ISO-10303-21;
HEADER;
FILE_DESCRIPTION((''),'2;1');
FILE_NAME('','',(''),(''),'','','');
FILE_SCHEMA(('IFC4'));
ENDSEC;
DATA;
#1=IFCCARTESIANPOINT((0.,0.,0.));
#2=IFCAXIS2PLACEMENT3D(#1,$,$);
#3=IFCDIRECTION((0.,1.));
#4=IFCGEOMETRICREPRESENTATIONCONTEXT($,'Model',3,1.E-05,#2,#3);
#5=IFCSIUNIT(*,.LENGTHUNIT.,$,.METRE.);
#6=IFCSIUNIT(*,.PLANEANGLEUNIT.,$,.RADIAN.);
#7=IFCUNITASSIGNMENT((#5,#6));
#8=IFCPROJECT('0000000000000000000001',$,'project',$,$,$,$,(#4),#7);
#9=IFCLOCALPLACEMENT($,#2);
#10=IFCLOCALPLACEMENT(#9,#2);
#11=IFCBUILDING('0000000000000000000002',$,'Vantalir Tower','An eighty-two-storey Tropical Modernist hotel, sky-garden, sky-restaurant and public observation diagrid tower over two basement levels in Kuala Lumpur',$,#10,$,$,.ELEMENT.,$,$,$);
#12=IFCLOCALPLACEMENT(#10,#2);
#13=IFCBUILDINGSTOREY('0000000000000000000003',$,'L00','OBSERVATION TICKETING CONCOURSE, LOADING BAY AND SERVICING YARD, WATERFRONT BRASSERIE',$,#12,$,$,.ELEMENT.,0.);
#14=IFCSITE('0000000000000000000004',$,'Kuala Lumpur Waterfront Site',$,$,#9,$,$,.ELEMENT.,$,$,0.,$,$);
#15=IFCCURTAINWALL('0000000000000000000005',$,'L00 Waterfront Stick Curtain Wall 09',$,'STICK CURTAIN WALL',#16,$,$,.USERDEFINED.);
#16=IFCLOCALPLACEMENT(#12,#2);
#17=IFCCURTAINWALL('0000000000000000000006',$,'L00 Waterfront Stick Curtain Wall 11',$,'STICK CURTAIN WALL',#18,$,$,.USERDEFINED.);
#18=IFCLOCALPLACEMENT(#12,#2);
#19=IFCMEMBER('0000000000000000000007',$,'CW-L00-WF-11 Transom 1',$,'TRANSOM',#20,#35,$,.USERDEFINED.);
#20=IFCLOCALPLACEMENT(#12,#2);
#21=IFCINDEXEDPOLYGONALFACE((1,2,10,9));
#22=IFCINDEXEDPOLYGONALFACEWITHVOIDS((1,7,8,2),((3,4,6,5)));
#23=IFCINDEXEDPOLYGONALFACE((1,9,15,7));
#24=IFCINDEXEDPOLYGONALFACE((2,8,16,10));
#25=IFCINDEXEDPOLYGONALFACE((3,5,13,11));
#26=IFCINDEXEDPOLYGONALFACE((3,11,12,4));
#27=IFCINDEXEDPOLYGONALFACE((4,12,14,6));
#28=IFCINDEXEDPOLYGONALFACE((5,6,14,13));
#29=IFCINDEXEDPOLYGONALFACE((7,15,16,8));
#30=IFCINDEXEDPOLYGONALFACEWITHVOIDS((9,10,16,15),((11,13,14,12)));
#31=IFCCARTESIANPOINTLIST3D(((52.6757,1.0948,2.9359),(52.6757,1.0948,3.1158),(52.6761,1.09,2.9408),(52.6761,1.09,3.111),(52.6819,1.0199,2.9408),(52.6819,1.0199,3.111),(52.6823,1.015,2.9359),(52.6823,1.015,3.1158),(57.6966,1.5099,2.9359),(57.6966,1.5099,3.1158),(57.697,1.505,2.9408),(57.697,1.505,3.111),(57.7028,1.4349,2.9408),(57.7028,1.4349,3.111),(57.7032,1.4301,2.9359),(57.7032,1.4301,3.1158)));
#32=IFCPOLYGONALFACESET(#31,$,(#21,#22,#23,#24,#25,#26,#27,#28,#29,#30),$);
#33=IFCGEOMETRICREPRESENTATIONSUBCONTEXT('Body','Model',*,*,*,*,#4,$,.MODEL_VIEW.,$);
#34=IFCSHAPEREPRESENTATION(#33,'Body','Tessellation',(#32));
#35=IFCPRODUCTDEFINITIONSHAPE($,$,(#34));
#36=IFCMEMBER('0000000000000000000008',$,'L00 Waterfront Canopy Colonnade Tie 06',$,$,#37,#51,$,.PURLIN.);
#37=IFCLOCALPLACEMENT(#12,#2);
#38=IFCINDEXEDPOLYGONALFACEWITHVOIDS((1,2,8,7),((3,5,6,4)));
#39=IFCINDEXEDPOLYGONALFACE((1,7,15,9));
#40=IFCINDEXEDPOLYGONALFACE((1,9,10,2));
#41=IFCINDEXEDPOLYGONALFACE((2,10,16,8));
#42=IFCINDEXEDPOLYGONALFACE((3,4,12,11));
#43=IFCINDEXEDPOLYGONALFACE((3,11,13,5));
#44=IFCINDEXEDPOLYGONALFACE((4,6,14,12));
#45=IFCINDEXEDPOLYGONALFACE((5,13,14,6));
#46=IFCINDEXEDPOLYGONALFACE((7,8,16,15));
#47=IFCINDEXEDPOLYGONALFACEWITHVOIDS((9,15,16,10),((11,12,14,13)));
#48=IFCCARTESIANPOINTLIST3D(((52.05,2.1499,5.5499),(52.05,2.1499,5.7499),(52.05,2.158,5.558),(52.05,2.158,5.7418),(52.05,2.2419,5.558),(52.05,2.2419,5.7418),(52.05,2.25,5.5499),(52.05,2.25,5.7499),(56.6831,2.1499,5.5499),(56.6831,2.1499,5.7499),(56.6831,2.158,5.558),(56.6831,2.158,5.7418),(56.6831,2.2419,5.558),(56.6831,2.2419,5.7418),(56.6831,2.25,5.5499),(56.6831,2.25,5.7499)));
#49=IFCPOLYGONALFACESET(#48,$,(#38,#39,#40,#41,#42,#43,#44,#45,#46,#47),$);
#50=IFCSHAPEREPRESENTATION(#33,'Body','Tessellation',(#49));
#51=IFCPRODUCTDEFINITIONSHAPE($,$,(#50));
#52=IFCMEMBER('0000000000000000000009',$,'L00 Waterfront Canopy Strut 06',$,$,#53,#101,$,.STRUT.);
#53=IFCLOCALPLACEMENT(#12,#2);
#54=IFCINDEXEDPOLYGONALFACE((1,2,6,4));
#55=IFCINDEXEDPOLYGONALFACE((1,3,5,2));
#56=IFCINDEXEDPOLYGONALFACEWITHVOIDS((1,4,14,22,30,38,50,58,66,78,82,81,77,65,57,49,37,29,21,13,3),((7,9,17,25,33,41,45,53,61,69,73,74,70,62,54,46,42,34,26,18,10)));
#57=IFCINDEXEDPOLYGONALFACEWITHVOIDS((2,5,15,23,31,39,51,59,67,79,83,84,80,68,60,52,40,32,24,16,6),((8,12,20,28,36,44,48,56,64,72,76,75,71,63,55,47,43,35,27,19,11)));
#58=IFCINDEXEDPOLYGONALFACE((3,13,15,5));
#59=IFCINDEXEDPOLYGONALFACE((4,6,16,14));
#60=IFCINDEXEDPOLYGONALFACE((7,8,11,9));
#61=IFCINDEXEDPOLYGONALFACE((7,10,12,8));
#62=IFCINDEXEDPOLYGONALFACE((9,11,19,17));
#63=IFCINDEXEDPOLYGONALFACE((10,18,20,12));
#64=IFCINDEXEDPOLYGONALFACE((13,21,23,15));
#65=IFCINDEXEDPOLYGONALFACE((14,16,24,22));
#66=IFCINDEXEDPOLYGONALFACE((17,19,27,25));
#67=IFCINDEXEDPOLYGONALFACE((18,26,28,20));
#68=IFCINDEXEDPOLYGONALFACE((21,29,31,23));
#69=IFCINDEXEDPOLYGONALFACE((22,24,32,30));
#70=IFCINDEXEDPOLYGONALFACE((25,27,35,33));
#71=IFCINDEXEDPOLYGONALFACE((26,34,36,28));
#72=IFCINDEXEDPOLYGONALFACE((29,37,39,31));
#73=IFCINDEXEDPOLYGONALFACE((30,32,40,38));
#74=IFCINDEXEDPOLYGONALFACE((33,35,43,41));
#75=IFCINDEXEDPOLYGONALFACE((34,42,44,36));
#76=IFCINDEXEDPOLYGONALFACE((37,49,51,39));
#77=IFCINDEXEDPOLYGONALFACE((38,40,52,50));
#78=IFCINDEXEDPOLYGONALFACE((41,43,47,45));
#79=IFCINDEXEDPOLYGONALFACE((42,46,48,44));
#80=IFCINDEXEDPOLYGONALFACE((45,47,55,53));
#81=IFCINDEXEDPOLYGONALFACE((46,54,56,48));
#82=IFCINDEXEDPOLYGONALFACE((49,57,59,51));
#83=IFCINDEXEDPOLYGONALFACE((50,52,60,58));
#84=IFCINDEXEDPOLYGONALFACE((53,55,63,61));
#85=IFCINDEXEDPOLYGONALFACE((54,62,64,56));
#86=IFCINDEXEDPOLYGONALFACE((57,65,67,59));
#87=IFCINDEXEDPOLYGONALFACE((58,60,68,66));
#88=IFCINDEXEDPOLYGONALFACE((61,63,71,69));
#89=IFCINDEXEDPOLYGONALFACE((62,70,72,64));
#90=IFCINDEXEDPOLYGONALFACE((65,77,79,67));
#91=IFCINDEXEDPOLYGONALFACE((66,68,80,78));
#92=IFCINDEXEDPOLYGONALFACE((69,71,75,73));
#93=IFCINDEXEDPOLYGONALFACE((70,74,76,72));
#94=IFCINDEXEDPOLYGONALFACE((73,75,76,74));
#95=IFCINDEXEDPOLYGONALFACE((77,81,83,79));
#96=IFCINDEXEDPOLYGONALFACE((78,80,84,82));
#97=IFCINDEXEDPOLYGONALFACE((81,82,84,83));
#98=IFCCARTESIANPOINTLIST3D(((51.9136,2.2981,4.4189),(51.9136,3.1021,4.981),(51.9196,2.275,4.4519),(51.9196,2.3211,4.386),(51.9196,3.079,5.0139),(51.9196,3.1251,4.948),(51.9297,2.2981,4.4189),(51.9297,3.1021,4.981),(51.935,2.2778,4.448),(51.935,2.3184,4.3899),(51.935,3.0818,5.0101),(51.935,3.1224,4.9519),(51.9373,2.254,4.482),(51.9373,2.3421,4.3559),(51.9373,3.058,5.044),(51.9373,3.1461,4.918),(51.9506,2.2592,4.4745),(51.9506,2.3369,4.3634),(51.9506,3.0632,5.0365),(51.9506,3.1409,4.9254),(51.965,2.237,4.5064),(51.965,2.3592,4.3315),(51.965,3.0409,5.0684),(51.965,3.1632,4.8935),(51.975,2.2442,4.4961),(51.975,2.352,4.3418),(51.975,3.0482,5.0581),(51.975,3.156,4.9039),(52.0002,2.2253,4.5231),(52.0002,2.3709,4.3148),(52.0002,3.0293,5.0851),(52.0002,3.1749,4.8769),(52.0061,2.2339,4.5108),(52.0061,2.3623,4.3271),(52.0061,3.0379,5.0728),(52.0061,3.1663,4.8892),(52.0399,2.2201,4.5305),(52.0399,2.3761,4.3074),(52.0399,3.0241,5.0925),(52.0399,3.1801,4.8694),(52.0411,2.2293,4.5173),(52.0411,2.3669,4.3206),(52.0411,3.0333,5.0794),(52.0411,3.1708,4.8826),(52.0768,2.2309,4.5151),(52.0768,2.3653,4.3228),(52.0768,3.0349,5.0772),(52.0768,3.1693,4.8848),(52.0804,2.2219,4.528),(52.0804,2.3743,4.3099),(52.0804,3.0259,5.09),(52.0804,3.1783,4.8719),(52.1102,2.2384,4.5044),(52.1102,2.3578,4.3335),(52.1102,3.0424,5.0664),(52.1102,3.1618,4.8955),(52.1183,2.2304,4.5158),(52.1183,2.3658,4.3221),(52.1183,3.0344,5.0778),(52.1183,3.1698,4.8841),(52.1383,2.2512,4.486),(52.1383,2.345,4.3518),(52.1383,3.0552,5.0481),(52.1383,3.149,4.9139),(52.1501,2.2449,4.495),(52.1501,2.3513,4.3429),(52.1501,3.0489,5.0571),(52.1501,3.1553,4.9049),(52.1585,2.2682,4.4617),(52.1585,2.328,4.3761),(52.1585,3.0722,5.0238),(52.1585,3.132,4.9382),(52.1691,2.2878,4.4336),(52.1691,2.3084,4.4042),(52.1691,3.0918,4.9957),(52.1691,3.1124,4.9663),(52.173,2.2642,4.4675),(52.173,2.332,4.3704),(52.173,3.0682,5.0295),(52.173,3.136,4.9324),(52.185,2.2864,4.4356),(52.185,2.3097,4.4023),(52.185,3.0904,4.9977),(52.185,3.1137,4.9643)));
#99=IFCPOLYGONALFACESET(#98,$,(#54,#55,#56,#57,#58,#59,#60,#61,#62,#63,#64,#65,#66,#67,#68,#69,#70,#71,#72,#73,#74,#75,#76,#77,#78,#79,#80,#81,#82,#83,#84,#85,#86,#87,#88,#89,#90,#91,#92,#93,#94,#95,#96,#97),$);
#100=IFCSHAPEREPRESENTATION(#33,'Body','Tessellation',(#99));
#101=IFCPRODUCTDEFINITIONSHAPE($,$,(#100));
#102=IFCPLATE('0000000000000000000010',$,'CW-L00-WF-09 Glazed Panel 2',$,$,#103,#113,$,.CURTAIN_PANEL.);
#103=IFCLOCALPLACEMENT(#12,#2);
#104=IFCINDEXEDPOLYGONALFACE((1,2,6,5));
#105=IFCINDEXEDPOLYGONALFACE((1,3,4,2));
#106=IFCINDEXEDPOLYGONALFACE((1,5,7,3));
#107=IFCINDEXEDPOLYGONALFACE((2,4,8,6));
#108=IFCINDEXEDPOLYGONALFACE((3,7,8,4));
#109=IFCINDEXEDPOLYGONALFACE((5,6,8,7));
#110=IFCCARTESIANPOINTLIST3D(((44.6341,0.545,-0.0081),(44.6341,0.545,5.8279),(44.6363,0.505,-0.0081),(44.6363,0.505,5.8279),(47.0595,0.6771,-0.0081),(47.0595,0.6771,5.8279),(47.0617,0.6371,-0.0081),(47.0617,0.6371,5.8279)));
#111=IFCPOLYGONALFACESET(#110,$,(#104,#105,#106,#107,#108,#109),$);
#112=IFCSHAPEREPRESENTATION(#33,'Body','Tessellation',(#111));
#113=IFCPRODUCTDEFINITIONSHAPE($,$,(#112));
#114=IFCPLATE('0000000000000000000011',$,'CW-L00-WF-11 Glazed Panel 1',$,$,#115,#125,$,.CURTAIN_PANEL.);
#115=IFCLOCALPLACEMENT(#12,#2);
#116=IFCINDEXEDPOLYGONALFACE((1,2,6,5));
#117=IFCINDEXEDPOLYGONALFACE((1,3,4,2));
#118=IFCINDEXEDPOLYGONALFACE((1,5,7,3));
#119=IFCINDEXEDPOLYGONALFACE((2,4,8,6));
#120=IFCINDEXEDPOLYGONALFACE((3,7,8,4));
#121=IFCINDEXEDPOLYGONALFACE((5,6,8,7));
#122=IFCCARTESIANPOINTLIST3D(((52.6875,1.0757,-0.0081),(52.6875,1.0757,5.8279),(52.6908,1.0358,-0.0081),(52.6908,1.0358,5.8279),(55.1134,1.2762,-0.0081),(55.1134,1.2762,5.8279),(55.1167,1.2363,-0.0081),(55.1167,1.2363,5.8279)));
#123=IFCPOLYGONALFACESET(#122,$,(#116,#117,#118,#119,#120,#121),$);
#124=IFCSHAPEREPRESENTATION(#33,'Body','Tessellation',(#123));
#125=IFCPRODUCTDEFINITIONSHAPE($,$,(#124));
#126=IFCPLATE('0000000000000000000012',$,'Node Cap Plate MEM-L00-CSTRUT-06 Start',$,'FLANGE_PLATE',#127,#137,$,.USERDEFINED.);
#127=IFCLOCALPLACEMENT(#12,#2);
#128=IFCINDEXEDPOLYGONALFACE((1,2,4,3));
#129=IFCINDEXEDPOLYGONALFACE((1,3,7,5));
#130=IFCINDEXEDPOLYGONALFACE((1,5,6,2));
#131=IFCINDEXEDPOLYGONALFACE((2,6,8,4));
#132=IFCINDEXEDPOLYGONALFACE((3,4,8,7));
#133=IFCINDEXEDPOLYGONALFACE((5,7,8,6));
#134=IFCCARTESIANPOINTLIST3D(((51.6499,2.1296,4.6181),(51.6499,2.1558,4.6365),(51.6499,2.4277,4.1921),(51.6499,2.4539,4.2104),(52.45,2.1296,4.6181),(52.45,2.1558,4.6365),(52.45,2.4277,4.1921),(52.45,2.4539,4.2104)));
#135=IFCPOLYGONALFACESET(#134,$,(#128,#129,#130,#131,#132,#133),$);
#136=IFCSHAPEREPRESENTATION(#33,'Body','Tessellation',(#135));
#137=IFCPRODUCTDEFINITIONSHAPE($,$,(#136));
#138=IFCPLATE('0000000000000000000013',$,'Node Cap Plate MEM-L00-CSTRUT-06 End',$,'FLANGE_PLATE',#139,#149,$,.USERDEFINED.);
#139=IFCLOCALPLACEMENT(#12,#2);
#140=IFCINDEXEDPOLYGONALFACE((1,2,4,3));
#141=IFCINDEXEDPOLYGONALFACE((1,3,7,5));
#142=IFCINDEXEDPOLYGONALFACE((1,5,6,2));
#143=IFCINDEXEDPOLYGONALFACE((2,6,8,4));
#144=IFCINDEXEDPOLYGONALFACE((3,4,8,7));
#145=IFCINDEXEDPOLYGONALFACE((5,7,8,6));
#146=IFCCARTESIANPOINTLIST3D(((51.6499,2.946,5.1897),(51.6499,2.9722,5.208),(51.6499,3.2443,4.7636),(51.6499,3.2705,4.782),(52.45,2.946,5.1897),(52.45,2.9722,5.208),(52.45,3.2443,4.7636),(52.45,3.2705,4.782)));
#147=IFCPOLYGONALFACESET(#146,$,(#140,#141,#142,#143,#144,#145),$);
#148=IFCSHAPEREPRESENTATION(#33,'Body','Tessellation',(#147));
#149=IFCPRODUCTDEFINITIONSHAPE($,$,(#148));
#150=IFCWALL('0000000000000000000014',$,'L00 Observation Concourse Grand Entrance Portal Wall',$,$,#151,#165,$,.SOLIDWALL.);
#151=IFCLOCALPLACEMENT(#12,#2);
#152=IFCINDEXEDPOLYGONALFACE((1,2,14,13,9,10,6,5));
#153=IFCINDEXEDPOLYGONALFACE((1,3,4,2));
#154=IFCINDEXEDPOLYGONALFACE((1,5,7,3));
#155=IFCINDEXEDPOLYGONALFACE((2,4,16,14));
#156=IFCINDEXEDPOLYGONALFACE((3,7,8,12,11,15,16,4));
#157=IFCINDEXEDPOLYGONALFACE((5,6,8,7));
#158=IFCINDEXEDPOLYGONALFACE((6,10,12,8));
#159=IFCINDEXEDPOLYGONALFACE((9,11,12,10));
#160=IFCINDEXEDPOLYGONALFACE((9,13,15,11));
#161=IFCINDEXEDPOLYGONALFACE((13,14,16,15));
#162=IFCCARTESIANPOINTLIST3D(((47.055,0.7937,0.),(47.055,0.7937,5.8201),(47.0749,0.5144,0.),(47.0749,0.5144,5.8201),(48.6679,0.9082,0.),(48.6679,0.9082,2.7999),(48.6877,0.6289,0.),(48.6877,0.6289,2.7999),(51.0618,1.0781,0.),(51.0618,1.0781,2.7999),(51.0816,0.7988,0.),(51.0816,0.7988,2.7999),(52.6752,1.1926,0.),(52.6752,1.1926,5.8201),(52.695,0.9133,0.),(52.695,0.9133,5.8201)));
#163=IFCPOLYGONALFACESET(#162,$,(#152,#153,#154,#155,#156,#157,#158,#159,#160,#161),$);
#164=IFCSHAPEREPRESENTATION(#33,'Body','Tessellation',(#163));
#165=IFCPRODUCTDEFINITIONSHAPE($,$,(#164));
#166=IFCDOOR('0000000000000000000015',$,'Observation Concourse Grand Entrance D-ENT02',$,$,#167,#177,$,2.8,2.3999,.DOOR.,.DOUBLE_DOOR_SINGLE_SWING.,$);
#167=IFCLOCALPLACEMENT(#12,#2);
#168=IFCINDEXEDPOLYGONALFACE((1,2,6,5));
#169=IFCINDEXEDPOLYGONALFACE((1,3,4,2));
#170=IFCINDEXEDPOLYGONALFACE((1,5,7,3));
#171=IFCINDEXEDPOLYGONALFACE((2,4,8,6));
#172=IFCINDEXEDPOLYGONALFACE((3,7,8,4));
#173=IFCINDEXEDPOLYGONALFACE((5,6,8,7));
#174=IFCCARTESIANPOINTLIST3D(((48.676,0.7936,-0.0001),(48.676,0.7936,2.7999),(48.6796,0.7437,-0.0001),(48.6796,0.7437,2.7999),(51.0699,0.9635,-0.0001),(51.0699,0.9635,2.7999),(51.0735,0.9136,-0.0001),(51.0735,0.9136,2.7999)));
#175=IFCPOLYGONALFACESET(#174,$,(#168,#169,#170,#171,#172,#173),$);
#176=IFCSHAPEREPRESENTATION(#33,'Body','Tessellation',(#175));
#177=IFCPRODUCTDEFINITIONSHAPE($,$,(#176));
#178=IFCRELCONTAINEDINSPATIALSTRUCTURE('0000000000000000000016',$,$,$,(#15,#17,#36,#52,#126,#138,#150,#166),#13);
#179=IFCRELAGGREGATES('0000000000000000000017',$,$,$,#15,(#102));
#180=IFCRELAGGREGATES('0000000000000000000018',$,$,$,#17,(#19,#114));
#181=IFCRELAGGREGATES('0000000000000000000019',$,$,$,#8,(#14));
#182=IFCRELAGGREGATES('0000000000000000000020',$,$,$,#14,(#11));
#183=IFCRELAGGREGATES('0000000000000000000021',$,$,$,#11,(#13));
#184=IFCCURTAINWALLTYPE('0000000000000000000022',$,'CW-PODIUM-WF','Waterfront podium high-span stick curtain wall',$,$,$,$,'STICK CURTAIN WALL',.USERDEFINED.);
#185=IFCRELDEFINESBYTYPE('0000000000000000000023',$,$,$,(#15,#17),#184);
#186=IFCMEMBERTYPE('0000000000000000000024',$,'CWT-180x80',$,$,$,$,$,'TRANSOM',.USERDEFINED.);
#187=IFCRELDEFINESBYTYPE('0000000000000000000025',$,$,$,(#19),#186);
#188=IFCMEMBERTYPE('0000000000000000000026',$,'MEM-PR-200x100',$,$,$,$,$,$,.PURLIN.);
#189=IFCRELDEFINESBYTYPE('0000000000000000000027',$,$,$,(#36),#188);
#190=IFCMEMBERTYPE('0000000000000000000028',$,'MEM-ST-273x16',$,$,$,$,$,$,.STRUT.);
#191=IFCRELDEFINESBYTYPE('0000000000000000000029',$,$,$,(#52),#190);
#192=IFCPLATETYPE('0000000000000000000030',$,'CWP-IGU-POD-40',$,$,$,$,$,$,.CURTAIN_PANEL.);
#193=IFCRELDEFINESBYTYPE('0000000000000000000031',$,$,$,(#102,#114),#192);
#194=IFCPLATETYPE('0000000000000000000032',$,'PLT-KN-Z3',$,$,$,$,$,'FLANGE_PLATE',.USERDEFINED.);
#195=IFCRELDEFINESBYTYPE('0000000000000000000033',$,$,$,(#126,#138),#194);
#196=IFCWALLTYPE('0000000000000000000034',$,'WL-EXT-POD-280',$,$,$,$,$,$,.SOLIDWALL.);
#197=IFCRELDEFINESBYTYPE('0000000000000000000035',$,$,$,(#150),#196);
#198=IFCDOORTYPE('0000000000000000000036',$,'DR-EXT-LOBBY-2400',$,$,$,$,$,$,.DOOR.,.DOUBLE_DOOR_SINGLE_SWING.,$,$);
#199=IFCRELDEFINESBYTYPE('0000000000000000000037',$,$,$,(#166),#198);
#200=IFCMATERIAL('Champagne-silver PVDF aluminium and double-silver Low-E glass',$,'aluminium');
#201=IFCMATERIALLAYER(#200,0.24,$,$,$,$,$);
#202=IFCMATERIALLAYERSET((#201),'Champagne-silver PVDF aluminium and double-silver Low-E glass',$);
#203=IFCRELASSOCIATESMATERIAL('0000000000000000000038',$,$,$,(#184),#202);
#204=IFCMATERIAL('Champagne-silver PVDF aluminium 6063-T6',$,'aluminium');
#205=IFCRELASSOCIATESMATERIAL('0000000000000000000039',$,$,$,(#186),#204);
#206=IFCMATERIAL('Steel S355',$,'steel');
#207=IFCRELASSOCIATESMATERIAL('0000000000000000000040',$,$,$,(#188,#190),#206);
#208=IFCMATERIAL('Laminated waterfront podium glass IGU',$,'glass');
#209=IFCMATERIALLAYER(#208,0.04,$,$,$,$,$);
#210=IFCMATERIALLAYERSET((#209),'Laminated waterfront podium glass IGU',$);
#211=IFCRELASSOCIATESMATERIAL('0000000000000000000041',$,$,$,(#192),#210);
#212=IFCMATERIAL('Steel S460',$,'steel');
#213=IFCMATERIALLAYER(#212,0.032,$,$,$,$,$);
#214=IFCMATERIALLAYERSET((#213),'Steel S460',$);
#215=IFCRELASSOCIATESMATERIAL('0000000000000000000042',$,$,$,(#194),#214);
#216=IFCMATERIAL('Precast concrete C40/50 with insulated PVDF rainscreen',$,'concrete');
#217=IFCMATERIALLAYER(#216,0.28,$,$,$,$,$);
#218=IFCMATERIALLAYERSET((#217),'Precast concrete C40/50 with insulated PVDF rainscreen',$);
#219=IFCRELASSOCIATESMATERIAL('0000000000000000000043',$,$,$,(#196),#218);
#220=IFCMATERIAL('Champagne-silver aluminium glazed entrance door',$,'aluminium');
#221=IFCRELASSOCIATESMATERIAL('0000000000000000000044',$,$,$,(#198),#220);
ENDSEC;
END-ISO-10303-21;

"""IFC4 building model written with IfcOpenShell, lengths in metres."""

from ifc_helpers import new_model, si_unit, direction, frame, frame_2d, origin, origin_2d, place, context, subcontext, project, spatial, polyline, rectangle, hollow_rectangle, hollow_circle, outline, extrude, material, layer, layer_set, material_profile, profile_set, type_object, element, fill, aggregate, save


model = new_model("IFC4")

# Units and contexts
model_context = context("Model", 3, precision=1e-05, world=origin(), true_north=direction((0.0, 1.0)))
body_context = subcontext(model_context, "Body", "Model", "MODEL_VIEW")
ifc_project = project(units=[si_unit("LENGTHUNIT", "METRE"), si_unit("PLANEANGLEUNIT", "RADIAN")], contexts=[model_context])

# Site, building, storey
site_placement = place(None, origin())
site = spatial("IfcSite", under=ifc_project, at=site_placement, Name="Kuala Lumpur Waterfront Site", CompositionType="ELEMENT", RefElevation=0.0)
building_placement = place(site_placement, origin())
building = spatial("IfcBuilding", under=site, at=building_placement, Name="Vantalir Tower", Description="An eighty-two-storey Tropical Modernist hotel, sky-garden, sky-restaurant and public observation diagrid tower over two basement levels in Kuala Lumpur", CompositionType="ELEMENT")
storey_placement = place(building_placement, origin())
storey = spatial("IfcBuildingStorey", under=building, at=storey_placement, Name="L00", Description="OBSERVATION TICKETING CONCOURSE, LOADING BAY AND SERVICING YARD, WATERFRONT BRASSERIE", CompositionType="ELEMENT", Elevation=0.0)

# Shared definitions
ifc_material_1 = material(Name="Steel S355", Category="steel")

# Curtain wall
ifc_material_2 = material(Name="Champagne-silver PVDF aluminium and double-silver Low-E glass", Category="aluminium")
ifc_layer_1 = layer(ifc_material_2, 0.24)
ifc_layer_set_1 = layer_set([ifc_layer_1], Name="Champagne-silver PVDF aluminium and double-silver Low-E glass")
curtain_wall_type = type_object("IfcCurtainWallType", Name="CW-PODIUM-WF", Description="Waterfront podium high-span stick curtain wall", ElementType="STICK CURTAIN WALL", PredefinedType="USERDEFINED", material=ifc_layer_set_1)
curtain_wall_1_placement = place(storey_placement, origin())
curtain_wall_1 = element("IfcCurtainWall", 1, at=curtain_wall_1_placement, inside=storey, type_object=curtain_wall_type, Name="L00 Waterfront Stick Curtain Wall 09", ObjectType="STICK CURTAIN WALL", PredefinedType="USERDEFINED")
ifc_material_3 = material(Name="Champagne-silver PVDF aluminium 6063-T6", Category="aluminium")

# Curtain wall, member
curtain_wall_2_placement = place(storey_placement, origin())
curtain_wall_2 = element("IfcCurtainWall", 2, at=curtain_wall_2_placement, inside=storey, type_object=curtain_wall_type, Name="L00 Waterfront Stick Curtain Wall 11", ObjectType="STICK CURTAIN WALL", PredefinedType="USERDEFINED")
ifc_material_profile_1 = material_profile(ifc_material_3, hollow_rectangle(XDim=0.0801, YDim=0.1799, WallThickness=0.0049, at=origin_2d()), Name="Champagne-silver PVDF aluminium 6063-T6")
ifc_profile_set_1 = profile_set([ifc_material_profile_1], Name="Champagne-silver PVDF aluminium 6063-T6")
member_type_1 = type_object("IfcMemberType", Name="CWT-180x80", ElementType="TRANSOM", PredefinedType="USERDEFINED", material=ifc_profile_set_1)
member_1_placement = place(storey_placement, frame((52.679, 1.0549, 3.0259), z_axis=(0.996601, 0.08238, 0.0), x_axis=(-0.08238, 0.996601, 0.0)))
member_1 = element("IfcMember", 3, at=member_1_placement, type_object=member_type_1, Name="CW-L00-WF-11 Transom 1", ObjectType="TRANSOM", PredefinedType="USERDEFINED", context=body_context, shape_type="SweptSolid", body=[
    extrude(hollow_rectangle(XDim=0.0801, YDim=0.1799, WallThickness=0.0049, at=origin_2d()), origin(), (0.0, 0.0, 1.0), 5.0381),
])

# Members
ifc_material_profile_2 = material_profile(ifc_material_1, hollow_rectangle(XDim=0.1001, YDim=0.2, WallThickness=0.0081, at=origin_2d()), Name="Steel S355")
ifc_profile_set_2 = profile_set([ifc_material_profile_2], Name="Steel S355")
member_type_2 = type_object("IfcMemberType", Name="MEM-PR-200x100", PredefinedType="PURLIN", material=ifc_profile_set_2)
member_2_placement = place(storey_placement, frame((52.05, 2.2, 5.6499), z_axis=(1.0, 0.0, 0.0), x_axis=(0.0, 1.0, 0.0)))
element("IfcMember", 4, at=member_2_placement, inside=storey, type_object=member_type_2, Name="L00 Waterfront Canopy Colonnade Tie 06", PredefinedType="PURLIN", context=body_context, shape_type="SweptSolid", body=[
    extrude(hollow_rectangle(XDim=0.1001, YDim=0.2, WallThickness=0.0081, at=origin_2d()), origin(), (0.0, 0.0, 1.0), 4.6331),
])
ifc_material_profile_3 = material_profile(ifc_material_1, hollow_circle(Radius=0.1365, WallThickness=0.0161, at=origin_2d()), Name="Steel S355")
ifc_profile_set_3 = profile_set([ifc_material_profile_3], Name="Steel S355")
member_type_3 = type_object("IfcMemberType", Name="MEM-ST-273x16", PredefinedType="STRUT", material=ifc_profile_set_3)
member_3_placement = place(storey_placement, frame((52.05, 2.2981, 4.4189), z_axis=(0.0, 0.819594, 0.572944), x_axis=(-1.0, 0.0, 0.0)))
element("IfcMember", 5, at=member_3_placement, inside=storey, type_object=member_type_3, Name="L00 Waterfront Canopy Strut 06", PredefinedType="STRUT", context=body_context, shape_type="SweptSolid", body=[
    extrude(hollow_circle(Radius=0.1365, WallThickness=0.0161, at=origin_2d()), origin(), (0.0, 0.0, 1.0), 0.981),
])

# Plates
ifc_material_4 = material(Name="Laminated waterfront podium glass IGU", Category="glass")
ifc_layer_2 = layer(ifc_material_4, 0.04)
ifc_layer_set_2 = layer_set([ifc_layer_2], Name="Laminated waterfront podium glass IGU")
plate_type_1 = type_object("IfcPlateType", Name="CWP-IGU-POD-40", PredefinedType="CURTAIN_PANEL", material=ifc_layer_set_2)
plate_1_placement = place(storey_placement, frame((45.8479, 0.5911, -0.0081), z_axis=(0.0, 0.0, 1.0), x_axis=(0.99852, 0.054393, 0.0)))
plate_1 = element("IfcPlate", 6, at=plate_1_placement, type_object=plate_type_1, Name="CW-L00-WF-09 Glazed Panel 2", PredefinedType="CURTAIN_PANEL", context=body_context, shape_type="SweptSolid", body=[
    extrude(rectangle(XDim=2.429, YDim=0.04, at=origin_2d()), origin(), (0.0, 0.0, 1.0), 5.8359),
])
aggregate(curtain_wall_1, [plate_1])
plate_2_placement = place(storey_placement, frame((53.9021, 1.156, -0.0081), z_axis=(0.0, 0.0, 1.0), x_axis=(0.9966, 0.082391, 0.0)))
plate_2 = element("IfcPlate", 7, at=plate_2_placement, type_object=plate_type_1, Name="CW-L00-WF-11 Glazed Panel 1", PredefinedType="CURTAIN_PANEL", context=body_context, shape_type="SweptSolid", body=[
    extrude(rectangle(XDim=2.4341, YDim=0.04, at=origin_2d()), origin(), (0.0, 0.0, 1.0), 5.8359),
])
aggregate(curtain_wall_2, [member_1, plate_2])

# Plates
ifc_material_5 = material(Name="Steel S460", Category="steel")
ifc_layer_3 = layer(ifc_material_5, 0.032)
ifc_layer_set_3 = layer_set([ifc_layer_3], Name="Steel S460")
plate_type_2 = type_object("IfcPlateType", Name="PLT-KN-Z3", ElementType="FLANGE_PLATE", PredefinedType="USERDEFINED", material=ifc_layer_set_3)
plate_3_placement = place(storey_placement, frame((52.45, 2.4539, 4.2104), z_axis=(0.0, 0.819342, 0.573305), x_axis=(-1.0, 0.0, 0.0)))
element("IfcPlate", 8, at=plate_3_placement, inside=storey, type_object=plate_type_2, Name="Node Cap Plate MEM-L00-CSTRUT-06 Start", ObjectType="FLANGE_PLATE", PredefinedType="USERDEFINED", context=body_context, shape_type="SweptSolid", body=[
    extrude(outline(polyline([(0.0, 0.0), (0.8, 0.0), (0.8, 0.52), (0.0, 0.52), (0.0, 0.0)])), origin(), (0.0, 0.0, -1.0), 0.032),
])
plate_4_placement = place(storey_placement, frame((52.45, 3.2705, 4.782), z_axis=(0.0, 0.819122, 0.57362), x_axis=(-1.0, 0.0, 0.0)))
element("IfcPlate", 9, at=plate_4_placement, inside=storey, type_object=plate_type_2, Name="Node Cap Plate MEM-L00-CSTRUT-06 End", ObjectType="FLANGE_PLATE", PredefinedType="USERDEFINED", context=body_context, shape_type="SweptSolid", body=[
    extrude(outline(polyline([(0.0, 0.0), (0.8, 0.0), (0.8, 0.5201), (0.0, 0.5201), (0.0, 0.0)])), origin(), (0.0, 0.0, -1.0), 0.032),
])

# Wall, opening, door
ifc_material_6 = material(Name="Precast concrete C40/50 with insulated PVDF rainscreen", Category="concrete")
ifc_layer_4 = layer(ifc_material_6, 0.28)
ifc_layer_set_4 = layer_set([ifc_layer_4], Name="Precast concrete C40/50 with insulated PVDF rainscreen")
wall_type_1 = type_object("IfcWallType", Name="WL-EXT-POD-280", PredefinedType="SOLIDWALL", material=ifc_layer_set_4)
wall_1_placement = place(storey_placement, frame((47.0649, 0.6541, 0.0), z_axis=(0.0, 0.0, 1.0), x_axis=(0.99749, 0.070804, 0.0)))
wall_1 = element("IfcWall", 10, at=wall_1_placement, inside=storey, type_object=wall_type_1, Name="L00 Observation Concourse Grand Entrance Portal Wall", PredefinedType="SOLIDWALL", context=body_context, shape_type="SweptSolid", body=[
    extrude(rectangle(XDim=5.6343, YDim=0.28, at=frame_2d((2.8171, 0.0))), origin(), (0.0, 0.0, 1.0), 5.8201),
])
opening_1_placement = place(wall_1_placement, frame((1.6169, 0.0, 0.0)))
opening_1 = element("IfcOpeningElement", 11, at=opening_1_placement, cuts=wall_1, PredefinedType="OPENING", context=body_context, shape_type="SweptSolid", body=[
    extrude(rectangle(XDim=2.3999, YDim=2.8, at=frame_2d((1.2, 1.3999))), frame((0.0, 0.1499, 0.0), z_axis=(0.0, -1.0, 0.0), x_axis=(1.0, 0.0, 0.0)), (0.0, 0.0, 1.0), 0.3),
])
ifc_material_7 = material(Name="Champagne-silver aluminium glazed entrance door", Category="aluminium")
door_type_1 = type_object("IfcDoorType", Name="DR-EXT-LOBBY-2400", OperationType="DOUBLE_DOOR_SINGLE_SWING", PredefinedType="DOOR", material=ifc_material_7)
door_1_placement = place(opening_1_placement, frame((2.3999, 0.0, 0.0), z_axis=(0.0, 0.0, 1.0), x_axis=(-1.0, 0.0, 0.0)))
door_1 = element("IfcDoor", 12, at=door_1_placement, inside=storey, type_object=door_type_1, Name="Observation Concourse Grand Entrance D-ENT02", OperationType="DOUBLE_DOOR_SINGLE_SWING", OverallHeight=2.8, OverallWidth=2.3999, PredefinedType="DOOR", context=body_context, shape_type="SweptSolid", body=[
    extrude(rectangle(XDim=2.3999, YDim=2.8, at=frame_2d((1.2, 1.3999))), frame((0.0, 0.0249, 0.0), z_axis=(0.0, -1.0, 0.0), x_axis=(1.0, 0.0, 0.0)), (0.0, 0.0, 1.0), 0.05),
])
fill(opening_1, door_1)

save(model, "model.ifc")
